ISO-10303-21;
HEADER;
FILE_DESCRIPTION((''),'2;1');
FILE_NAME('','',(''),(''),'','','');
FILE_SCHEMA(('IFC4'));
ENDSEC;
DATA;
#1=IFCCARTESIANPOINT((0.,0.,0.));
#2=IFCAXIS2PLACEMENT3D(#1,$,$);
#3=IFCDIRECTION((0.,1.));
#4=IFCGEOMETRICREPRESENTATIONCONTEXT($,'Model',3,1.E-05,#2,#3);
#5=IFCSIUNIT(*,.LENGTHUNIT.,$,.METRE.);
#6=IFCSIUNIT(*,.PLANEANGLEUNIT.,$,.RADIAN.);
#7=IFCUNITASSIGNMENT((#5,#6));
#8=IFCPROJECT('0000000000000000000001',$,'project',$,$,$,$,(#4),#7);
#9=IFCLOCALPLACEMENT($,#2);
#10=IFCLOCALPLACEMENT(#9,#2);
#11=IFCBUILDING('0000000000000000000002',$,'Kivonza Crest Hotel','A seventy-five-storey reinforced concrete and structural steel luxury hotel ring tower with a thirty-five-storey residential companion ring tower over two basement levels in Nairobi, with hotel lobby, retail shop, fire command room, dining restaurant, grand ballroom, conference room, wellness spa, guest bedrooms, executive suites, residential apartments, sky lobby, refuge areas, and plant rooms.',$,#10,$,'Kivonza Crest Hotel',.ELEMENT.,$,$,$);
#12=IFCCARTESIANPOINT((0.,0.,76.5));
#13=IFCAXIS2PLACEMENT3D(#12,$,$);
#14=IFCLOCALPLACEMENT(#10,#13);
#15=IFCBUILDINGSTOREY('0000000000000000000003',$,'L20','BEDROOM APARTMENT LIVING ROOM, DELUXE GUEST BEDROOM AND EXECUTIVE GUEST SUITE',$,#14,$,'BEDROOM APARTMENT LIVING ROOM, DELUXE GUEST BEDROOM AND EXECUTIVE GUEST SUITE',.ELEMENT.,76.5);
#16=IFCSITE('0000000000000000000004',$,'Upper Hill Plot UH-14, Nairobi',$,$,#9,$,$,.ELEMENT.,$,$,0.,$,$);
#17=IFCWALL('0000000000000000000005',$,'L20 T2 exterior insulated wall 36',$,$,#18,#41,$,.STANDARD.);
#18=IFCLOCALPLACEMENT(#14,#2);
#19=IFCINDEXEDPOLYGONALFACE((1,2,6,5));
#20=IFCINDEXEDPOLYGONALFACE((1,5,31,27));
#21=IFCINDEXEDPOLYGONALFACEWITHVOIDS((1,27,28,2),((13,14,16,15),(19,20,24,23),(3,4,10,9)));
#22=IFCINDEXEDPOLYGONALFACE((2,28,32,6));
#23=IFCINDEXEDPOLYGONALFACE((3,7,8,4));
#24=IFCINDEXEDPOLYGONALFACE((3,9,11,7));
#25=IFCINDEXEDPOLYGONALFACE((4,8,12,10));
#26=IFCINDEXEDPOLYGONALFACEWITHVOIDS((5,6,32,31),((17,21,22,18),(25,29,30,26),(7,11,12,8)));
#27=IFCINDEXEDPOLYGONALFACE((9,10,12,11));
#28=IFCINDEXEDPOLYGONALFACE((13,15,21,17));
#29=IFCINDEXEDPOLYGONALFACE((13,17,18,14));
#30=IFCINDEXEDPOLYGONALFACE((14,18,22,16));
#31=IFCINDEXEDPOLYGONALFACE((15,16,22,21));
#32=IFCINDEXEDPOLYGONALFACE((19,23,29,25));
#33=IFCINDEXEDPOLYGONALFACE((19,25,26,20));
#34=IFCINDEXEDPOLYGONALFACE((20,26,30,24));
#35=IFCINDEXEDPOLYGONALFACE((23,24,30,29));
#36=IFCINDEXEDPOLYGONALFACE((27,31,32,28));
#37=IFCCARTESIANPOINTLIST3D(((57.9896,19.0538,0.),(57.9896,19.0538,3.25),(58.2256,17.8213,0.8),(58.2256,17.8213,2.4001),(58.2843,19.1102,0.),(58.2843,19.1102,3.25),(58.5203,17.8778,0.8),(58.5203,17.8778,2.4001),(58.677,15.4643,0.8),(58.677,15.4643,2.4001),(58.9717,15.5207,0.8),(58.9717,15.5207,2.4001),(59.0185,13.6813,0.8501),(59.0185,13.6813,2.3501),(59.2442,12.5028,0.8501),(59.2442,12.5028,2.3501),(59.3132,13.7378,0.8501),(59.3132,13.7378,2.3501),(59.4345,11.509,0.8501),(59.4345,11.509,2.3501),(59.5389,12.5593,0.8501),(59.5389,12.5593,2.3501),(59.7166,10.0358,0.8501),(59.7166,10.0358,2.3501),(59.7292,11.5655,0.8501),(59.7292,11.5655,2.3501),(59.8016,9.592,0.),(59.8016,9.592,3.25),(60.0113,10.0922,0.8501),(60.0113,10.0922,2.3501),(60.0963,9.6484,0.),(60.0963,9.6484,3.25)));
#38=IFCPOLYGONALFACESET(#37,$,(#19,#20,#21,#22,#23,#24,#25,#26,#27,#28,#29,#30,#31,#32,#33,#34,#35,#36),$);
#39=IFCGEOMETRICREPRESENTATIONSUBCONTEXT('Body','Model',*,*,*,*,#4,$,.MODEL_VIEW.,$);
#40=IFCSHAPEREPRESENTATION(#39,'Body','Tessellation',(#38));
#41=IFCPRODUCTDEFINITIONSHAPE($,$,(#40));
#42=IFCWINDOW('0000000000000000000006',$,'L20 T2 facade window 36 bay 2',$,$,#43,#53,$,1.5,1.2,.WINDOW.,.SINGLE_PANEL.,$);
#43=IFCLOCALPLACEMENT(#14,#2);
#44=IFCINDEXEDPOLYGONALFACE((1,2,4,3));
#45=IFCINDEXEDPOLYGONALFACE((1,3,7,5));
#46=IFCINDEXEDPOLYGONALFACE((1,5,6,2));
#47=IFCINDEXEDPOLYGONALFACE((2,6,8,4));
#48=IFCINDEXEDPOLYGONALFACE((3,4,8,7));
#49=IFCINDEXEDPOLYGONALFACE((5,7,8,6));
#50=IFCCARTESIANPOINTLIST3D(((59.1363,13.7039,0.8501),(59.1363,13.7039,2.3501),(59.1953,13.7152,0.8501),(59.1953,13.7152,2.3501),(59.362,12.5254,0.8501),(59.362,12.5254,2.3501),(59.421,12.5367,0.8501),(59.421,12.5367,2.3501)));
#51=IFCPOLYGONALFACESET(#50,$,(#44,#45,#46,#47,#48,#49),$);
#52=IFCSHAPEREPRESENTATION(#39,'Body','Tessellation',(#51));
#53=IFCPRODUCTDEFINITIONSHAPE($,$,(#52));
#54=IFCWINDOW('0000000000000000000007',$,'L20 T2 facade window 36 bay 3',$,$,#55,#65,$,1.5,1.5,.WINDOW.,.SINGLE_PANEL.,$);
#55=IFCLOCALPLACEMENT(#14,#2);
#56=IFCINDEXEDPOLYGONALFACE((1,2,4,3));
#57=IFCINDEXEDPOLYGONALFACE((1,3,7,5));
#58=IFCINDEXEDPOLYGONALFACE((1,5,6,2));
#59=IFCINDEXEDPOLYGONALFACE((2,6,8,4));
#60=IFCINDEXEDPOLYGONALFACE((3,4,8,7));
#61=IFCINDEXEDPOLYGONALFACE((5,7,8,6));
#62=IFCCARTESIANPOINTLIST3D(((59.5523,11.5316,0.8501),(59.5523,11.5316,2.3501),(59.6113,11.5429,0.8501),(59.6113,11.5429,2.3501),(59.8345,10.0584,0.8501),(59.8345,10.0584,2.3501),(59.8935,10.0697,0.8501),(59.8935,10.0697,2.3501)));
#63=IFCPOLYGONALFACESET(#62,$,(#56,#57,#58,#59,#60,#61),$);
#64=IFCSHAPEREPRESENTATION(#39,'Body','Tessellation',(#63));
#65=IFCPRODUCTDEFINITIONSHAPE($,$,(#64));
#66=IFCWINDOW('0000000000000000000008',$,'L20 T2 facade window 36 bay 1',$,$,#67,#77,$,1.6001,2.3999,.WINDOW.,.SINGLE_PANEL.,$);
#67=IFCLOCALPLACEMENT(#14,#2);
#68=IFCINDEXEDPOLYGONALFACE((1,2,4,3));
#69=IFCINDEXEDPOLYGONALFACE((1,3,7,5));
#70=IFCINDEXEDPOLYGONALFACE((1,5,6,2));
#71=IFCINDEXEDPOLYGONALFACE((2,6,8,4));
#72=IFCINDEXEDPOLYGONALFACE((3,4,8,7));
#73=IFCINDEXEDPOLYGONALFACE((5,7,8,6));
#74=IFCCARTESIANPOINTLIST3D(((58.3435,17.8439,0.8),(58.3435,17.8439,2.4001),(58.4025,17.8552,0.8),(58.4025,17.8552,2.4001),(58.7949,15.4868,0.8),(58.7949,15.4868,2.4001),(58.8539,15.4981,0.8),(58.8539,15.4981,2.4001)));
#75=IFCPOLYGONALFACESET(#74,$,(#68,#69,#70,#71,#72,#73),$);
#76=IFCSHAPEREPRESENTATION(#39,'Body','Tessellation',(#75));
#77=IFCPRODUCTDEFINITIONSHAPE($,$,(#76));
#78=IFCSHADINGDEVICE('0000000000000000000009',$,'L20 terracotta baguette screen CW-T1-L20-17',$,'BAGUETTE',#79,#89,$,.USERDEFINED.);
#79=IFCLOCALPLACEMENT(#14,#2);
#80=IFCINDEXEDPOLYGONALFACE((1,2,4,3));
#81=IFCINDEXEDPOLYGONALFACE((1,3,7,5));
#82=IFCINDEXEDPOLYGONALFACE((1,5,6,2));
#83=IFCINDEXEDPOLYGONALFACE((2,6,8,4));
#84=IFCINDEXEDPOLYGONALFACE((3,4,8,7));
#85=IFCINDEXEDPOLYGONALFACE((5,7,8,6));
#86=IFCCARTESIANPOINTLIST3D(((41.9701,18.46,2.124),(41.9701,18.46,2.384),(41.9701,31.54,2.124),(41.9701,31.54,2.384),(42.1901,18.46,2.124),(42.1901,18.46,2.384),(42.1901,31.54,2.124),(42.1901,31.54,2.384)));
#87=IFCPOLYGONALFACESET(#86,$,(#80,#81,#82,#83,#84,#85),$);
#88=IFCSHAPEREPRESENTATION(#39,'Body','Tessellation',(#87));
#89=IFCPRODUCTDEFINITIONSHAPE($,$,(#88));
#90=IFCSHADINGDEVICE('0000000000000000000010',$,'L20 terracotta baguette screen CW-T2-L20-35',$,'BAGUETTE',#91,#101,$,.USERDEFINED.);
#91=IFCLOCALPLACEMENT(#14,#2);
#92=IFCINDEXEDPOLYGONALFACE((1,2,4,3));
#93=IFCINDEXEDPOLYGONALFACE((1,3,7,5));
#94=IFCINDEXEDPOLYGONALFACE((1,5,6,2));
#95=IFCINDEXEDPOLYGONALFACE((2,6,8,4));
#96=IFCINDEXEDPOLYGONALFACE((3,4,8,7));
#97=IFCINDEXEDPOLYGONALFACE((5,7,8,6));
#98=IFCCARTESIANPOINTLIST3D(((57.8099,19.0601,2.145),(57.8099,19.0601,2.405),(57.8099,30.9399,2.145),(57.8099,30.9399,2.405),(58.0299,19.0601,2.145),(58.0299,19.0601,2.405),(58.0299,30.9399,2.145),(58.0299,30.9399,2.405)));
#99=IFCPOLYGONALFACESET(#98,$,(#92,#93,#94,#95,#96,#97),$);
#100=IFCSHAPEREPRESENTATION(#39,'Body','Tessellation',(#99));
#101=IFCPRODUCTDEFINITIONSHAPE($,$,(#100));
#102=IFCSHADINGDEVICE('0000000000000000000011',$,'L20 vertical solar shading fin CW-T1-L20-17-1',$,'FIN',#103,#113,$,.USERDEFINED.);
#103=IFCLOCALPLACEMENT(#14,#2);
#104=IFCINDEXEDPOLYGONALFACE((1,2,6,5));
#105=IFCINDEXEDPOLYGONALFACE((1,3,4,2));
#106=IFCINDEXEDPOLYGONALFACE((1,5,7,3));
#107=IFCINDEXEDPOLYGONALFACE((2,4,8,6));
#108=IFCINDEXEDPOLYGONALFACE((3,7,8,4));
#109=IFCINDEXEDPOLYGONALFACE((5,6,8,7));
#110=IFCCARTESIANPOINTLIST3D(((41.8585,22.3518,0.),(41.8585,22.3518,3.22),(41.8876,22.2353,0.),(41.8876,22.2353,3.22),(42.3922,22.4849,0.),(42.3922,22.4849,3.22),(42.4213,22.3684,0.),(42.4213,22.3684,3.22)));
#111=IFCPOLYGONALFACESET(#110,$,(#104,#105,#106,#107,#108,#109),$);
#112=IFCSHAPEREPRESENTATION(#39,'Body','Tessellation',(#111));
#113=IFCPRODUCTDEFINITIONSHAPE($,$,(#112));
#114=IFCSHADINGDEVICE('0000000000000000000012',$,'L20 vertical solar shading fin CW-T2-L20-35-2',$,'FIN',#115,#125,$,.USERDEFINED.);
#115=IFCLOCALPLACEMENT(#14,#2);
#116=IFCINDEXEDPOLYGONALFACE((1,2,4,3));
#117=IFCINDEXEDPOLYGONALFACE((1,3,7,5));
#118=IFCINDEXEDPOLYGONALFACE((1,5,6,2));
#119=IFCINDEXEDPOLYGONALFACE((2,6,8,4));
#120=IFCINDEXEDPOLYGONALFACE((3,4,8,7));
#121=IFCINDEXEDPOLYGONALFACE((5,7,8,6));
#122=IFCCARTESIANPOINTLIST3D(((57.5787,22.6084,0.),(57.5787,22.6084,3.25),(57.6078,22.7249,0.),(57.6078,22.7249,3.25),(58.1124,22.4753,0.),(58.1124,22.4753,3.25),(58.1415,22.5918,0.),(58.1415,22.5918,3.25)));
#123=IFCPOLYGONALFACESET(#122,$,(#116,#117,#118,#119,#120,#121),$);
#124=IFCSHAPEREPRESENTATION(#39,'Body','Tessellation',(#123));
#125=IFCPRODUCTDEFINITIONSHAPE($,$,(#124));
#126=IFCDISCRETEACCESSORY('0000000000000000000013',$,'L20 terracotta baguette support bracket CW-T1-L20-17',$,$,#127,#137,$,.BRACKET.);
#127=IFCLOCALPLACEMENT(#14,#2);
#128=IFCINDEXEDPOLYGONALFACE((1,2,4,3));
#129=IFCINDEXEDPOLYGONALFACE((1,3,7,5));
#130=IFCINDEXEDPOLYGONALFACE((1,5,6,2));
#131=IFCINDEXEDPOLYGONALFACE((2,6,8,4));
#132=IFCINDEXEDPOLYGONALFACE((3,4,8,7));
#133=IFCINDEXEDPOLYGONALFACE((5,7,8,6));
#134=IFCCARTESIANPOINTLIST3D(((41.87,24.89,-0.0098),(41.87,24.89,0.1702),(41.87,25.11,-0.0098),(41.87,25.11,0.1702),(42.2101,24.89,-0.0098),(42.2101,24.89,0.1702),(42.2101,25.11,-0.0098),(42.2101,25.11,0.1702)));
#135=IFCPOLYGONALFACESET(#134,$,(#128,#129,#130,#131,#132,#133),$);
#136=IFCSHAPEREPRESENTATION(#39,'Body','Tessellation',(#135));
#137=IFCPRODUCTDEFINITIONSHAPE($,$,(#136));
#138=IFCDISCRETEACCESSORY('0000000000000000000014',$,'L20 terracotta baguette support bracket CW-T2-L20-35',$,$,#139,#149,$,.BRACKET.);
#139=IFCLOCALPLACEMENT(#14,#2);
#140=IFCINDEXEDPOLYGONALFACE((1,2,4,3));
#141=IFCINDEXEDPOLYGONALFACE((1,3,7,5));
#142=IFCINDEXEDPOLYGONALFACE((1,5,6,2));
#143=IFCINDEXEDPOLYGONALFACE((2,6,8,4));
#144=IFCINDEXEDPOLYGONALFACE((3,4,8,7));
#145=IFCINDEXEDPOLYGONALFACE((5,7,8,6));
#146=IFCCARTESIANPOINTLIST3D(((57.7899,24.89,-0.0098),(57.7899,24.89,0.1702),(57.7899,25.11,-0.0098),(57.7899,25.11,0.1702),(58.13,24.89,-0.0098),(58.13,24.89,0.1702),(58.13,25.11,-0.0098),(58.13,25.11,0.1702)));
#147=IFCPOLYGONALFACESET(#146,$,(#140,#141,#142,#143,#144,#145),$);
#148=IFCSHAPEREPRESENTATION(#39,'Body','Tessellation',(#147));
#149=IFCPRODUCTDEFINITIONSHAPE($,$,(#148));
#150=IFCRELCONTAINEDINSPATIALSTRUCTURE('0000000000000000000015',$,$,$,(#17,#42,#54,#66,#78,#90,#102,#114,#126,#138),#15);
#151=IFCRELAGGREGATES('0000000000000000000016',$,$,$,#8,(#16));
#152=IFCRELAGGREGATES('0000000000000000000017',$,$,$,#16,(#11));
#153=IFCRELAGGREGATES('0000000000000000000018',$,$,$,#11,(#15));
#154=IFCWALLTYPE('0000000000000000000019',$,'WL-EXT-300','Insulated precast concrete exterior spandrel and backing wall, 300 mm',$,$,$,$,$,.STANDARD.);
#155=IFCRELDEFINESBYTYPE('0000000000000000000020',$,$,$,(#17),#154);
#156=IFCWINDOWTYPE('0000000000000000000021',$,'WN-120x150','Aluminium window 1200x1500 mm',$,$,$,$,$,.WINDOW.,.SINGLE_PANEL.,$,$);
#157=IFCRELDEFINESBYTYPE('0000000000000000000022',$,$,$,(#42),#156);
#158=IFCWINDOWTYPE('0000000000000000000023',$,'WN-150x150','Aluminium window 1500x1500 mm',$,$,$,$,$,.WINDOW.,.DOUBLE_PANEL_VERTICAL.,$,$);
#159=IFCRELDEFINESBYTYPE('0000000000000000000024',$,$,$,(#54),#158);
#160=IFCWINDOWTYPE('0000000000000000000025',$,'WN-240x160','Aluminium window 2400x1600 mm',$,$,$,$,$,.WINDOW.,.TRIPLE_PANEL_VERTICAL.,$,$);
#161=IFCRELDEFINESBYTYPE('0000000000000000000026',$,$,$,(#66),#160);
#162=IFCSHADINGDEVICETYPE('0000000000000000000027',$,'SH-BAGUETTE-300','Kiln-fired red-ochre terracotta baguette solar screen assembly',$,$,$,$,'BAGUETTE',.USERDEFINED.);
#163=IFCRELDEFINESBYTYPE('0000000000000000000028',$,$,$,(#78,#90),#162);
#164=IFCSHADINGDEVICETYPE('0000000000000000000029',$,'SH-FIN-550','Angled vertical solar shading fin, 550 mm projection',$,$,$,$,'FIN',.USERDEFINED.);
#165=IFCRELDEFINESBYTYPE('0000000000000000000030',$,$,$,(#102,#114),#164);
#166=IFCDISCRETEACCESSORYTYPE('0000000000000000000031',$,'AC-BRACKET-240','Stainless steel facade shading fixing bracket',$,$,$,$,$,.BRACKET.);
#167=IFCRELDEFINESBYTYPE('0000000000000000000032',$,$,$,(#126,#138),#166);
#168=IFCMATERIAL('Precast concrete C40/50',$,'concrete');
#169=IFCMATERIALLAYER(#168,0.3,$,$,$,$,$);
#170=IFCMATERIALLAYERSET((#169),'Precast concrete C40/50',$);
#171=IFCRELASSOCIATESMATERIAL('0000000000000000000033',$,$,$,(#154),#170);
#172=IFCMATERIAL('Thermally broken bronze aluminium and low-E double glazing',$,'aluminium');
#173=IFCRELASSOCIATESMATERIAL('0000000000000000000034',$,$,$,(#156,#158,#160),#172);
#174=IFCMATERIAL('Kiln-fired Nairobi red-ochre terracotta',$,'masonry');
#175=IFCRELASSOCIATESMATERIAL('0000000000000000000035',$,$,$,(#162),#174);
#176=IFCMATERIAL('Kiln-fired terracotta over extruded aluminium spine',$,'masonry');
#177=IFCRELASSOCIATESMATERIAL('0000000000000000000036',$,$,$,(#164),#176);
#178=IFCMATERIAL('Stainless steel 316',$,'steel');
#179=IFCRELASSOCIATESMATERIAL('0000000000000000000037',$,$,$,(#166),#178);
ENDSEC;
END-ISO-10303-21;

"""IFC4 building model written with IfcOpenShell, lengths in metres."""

from ifc_helpers import new_model, si_unit, direction, frame, frame_2d, origin, origin_2d, place, context, subcontext, project, spatial, rectangle, extrude, material, layer, layer_set, type_object, element, fill, save


model = new_model("IFC4")

# Units and contexts
model_context = context("Model", 3, precision=1e-05, world=origin(), true_north=direction((0.0, 1.0)))
body_context = subcontext(model_context, "Body", "Model", "MODEL_VIEW")
ifc_project = project(units=[si_unit("LENGTHUNIT", "METRE"), si_unit("PLANEANGLEUNIT", "RADIAN")], contexts=[model_context])

# Site, building, storey
site_placement = place(None, origin())
site = spatial("IfcSite", under=ifc_project, at=site_placement, Name="Upper Hill Plot UH-14, Nairobi", CompositionType="ELEMENT", RefElevation=0.0)
building_placement = place(site_placement, origin())
building = spatial("IfcBuilding", under=site, at=building_placement, Name="Kivonza Crest Hotel", Description="A seventy-five-storey reinforced concrete and structural steel luxury hotel ring tower with a thirty-five-storey residential companion ring tower over two basement levels in Nairobi, with hotel lobby, retail shop, fire command room, dining restaurant, grand ballroom, conference room, wellness spa, guest bedrooms, executive suites, residential apartments, sky lobby, refuge areas, and plant rooms.", LongName="Kivonza Crest Hotel", CompositionType="ELEMENT")
storey_placement = place(building_placement, frame((0.0, 0.0, 76.5)))
storey = spatial("IfcBuildingStorey", under=building, at=storey_placement, Name="L20", Description="BEDROOM APARTMENT LIVING ROOM, DELUXE GUEST BEDROOM AND EXECUTIVE GUEST SUITE", LongName="BEDROOM APARTMENT LIVING ROOM, DELUXE GUEST BEDROOM AND EXECUTIVE GUEST SUITE", CompositionType="ELEMENT", Elevation=76.5)

# Wall, openings, windows
ifc_material_1 = material(Name="Precast concrete C40/50", Category="concrete")
ifc_layer_1 = layer(ifc_material_1, 0.3)
ifc_layer_set_1 = layer_set([ifc_layer_1], Name="Precast concrete C40/50")
wall_type_1 = type_object("IfcWallType", Name="WL-EXT-300", Description="Insulated precast concrete exterior spandrel and backing wall, 300 mm", PredefinedType="STANDARD", material=ifc_layer_set_1)
wall_1_placement = place(storey_placement, frame((58.137, 19.082, 0.0), z_axis=(0.0, 0.0, 1.0), x_axis=(0.188088, -0.982152, 0.0)))
wall_1 = element("IfcWall", 1, at=wall_1_placement, inside=storey, type_object=wall_type_1, Name="L20 T2 exterior insulated wall 36", PredefinedType="STANDARD", context=body_context, shape_type="SweptSolid", body=[
    extrude(rectangle(XDim=9.6338, YDim=0.3, at=frame_2d((4.8169, 0.0))), origin(), (0.0, 0.0, 1.0), 3.25),
])
opening_1_placement = place(wall_1_placement, frame((1.2549, 0.0, 0.8)))
opening_1 = element("IfcOpeningElement", 2, at=opening_1_placement, cuts=wall_1, PredefinedType="OPENING", context=body_context, shape_type="SweptSolid", body=[
    extrude(rectangle(XDim=2.3999, YDim=1.6001, at=frame_2d((1.2, 0.8))), frame((0.0, 0.1602, 0.0), z_axis=(0.0, -1.0, 0.0), x_axis=(1.0, 0.0, 0.0)), (0.0, 0.0, 1.0), 0.3201),
])
opening_2_placement = place(wall_1_placement, frame((5.47, 0.0, 0.8501)))
opening_2 = element("IfcOpeningElement", 3, at=opening_2_placement, cuts=wall_1, PredefinedType="OPENING", context=body_context, shape_type="SweptSolid", body=[
    extrude(rectangle(XDim=1.2, YDim=1.5, at=frame_2d((0.6001, 0.75))), frame((0.0, 0.1602, 0.0), z_axis=(0.0, -1.0, 0.0), x_axis=(1.0, 0.0, 0.0)), (0.0, 0.0, 1.0), 0.3201),
])
opening_3_placement = place(wall_1_placement, frame((7.6819, 0.0, 0.8501)))
opening_3 = element("IfcOpeningElement", 4, at=opening_3_placement, cuts=wall_1, PredefinedType="OPENING", context=body_context, shape_type="SweptSolid", body=[
    extrude(rectangle(XDim=1.5, YDim=1.5, at=frame_2d((0.75, 0.75))), frame((0.0, 0.1602, 0.0), z_axis=(0.0, -1.0, 0.0), x_axis=(1.0, 0.0, 0.0)), (0.0, 0.0, 1.0), 0.3201),
])
ifc_material_2 = material(Name="Thermally broken bronze aluminium and low-E double glazing", Category="aluminium")
window_type_1 = type_object("IfcWindowType", Name="WN-120x150", Description="Aluminium window 1200x1500 mm", PartitioningType="SINGLE_PANEL", PredefinedType="WINDOW", material=ifc_material_2)
window_1_placement = place(opening_2_placement, origin())
window_1 = element("IfcWindow", 5, at=window_1_placement, inside=storey, type_object=window_type_1, Name="L20 T2 facade window 36 bay 2", OverallHeight=1.5, OverallWidth=1.2, PartitioningType="SINGLE_PANEL", PredefinedType="WINDOW", context=body_context, shape_type="SweptSolid", body=[
    extrude(rectangle(XDim=1.2, YDim=1.5, at=frame_2d((0.6001, 0.75))), frame((0.0, 0.03, 0.0), z_axis=(0.0, -1.0, 0.0), x_axis=(1.0, 0.0, 0.0)), (0.0, 0.0, 1.0), 0.0601),
])
fill(opening_2, window_1)
window_type_2 = type_object("IfcWindowType", Name="WN-150x150", Description="Aluminium window 1500x1500 mm", PartitioningType="DOUBLE_PANEL_VERTICAL", PredefinedType="WINDOW", material=ifc_material_2)
window_2_placement = place(opening_3_placement, origin())
window_2 = element("IfcWindow", 6, at=window_2_placement, inside=storey, type_object=window_type_2, Name="L20 T2 facade window 36 bay 3", OverallHeight=1.5, OverallWidth=1.5, PartitioningType="SINGLE_PANEL", PredefinedType="WINDOW", context=body_context, shape_type="SweptSolid", body=[
    extrude(rectangle(XDim=1.5, YDim=1.5, at=frame_2d((0.75, 0.75))), frame((0.0, 0.03, 0.0), z_axis=(0.0, -1.0, 0.0), x_axis=(1.0, 0.0, 0.0)), (0.0, 0.0, 1.0), 0.0601),
])
fill(opening_3, window_2)
window_type_3 = type_object("IfcWindowType", Name="WN-240x160", Description="Aluminium window 2400x1600 mm", PartitioningType="TRIPLE_PANEL_VERTICAL", PredefinedType="WINDOW", material=ifc_material_2)
window_3_placement = place(opening_1_placement, origin())
window_3 = element("IfcWindow", 7, at=window_3_placement, inside=storey, type_object=window_type_3, Name="L20 T2 facade window 36 bay 1", OverallHeight=1.6001, OverallWidth=2.3999, PartitioningType="SINGLE_PANEL", PredefinedType="WINDOW", context=body_context, shape_type="SweptSolid", body=[
    extrude(rectangle(XDim=2.3999, YDim=1.6001, at=frame_2d((1.2, 0.8))), frame((0.0, 0.03, 0.0), z_axis=(0.0, -1.0, 0.0), x_axis=(1.0, 0.0, 0.0)), (0.0, 0.0, 1.0), 0.0601),
])
fill(opening_1, window_3)

# Shading devices
ifc_material_3 = material(Name="Kiln-fired Nairobi red-ochre terracotta", Category="masonry")
shading_device_type_1 = type_object("IfcShadingDeviceType", Name="SH-BAGUETTE-300", Description="Kiln-fired red-ochre terracotta baguette solar screen assembly", ElementType="BAGUETTE", PredefinedType="USERDEFINED", material=ifc_material_3)
shading_device_1_placement = place(storey_placement, frame((42.0801, 25.0, 2.124), z_axis=(0.0, 0.0, 1.0), x_axis=(0.0, 1.0, 0.0)))
element("IfcShadingDevice", 8, at=shading_device_1_placement, inside=storey, type_object=shading_device_type_1, Name="L20 terracotta baguette screen CW-T1-L20-17", ObjectType="BAGUETTE", PredefinedType="USERDEFINED", context=body_context, shape_type="SweptSolid", body=[
    extrude(rectangle(XDim=13.0801, YDim=0.22, at=origin_2d()), origin(), (0.0, 0.0, 1.0), 0.26),
])
shading_device_2_placement = place(storey_placement, frame((57.9199, 25.0, 2.145), z_axis=(0.0, 0.0, 1.0), x_axis=(0.0, -1.0, 0.0)))
element("IfcShadingDevice", 9, at=shading_device_2_placement, inside=storey, type_object=shading_device_type_1, Name="L20 terracotta baguette screen CW-T2-L20-35", ObjectType="BAGUETTE", PredefinedType="USERDEFINED", context=body_context, shape_type="SweptSolid", body=[
    extrude(rectangle(XDim=11.8799, YDim=0.22, at=origin_2d()), origin(), (0.0, 0.0, 1.0), 0.26),
])
ifc_material_4 = material(Name="Kiln-fired terracotta over extruded aluminium spine", Category="masonry")
shading_device_type_2 = type_object("IfcShadingDeviceType", Name="SH-FIN-550", Description="Angled vertical solar shading fin, 550 mm projection", ElementType="FIN", PredefinedType="USERDEFINED", material=ifc_material_4)
shading_device_3_placement = place(storey_placement, frame((42.1399, 22.3601, 0.0), z_axis=(0.0, 0.0, 1.0), x_axis=(-0.241922, 0.970296, 0.0)))
element("IfcShadingDevice", 10, at=shading_device_3_placement, inside=storey, type_object=shading_device_type_2, Name="L20 vertical solar shading fin CW-T1-L20-17-1", ObjectType="FIN", PredefinedType="USERDEFINED", context=body_context, shape_type="SweptSolid", body=[
    extrude(rectangle(XDim=0.1201, YDim=0.55, at=origin_2d()), origin(), (0.0, 0.0, 1.0), 3.22),
])
shading_device_4_placement = place(storey_placement, frame((57.8601, 22.6001, 0.0), z_axis=(0.0, 0.0, 1.0), x_axis=(-0.241922, -0.970296, 0.0)))
element("IfcShadingDevice", 11, at=shading_device_4_placement, inside=storey, type_object=shading_device_type_2, Name="L20 vertical solar shading fin CW-T2-L20-35-2", ObjectType="FIN", PredefinedType="USERDEFINED", context=body_context, shape_type="SweptSolid", body=[
    extrude(rectangle(XDim=0.1201, YDim=0.55, at=origin_2d()), origin(), (0.0, 0.0, 1.0), 3.25),
])

# Discrete accessories
ifc_material_5 = material(Name="Stainless steel 316", Category="steel")
discrete_accessory_type = type_object("IfcDiscreteAccessoryType", Name="AC-BRACKET-240", Description="Stainless steel facade shading fixing bracket", PredefinedType="BRACKET", material=ifc_material_5)
for number, where, z_axis, x_axis, name in (
    (12, (42.04, 25.0, -0.0098), (0.0, 0.0, 1.0), (0.0, 1.0, 0.0), "L20 terracotta baguette support bracket CW-T1-L20-17"),
    (13, (57.96, 25.0, -0.0098), (0.0, 0.0, 1.0), (0.0, -1.0, 0.0), "L20 terracotta baguette support bracket CW-T2-L20-35"),
):
    element("IfcDiscreteAccessory", number, at=place(storey_placement, frame(where, z_axis=z_axis, x_axis=x_axis)), inside=storey, type_object=discrete_accessory_type, Name=name, PredefinedType="BRACKET", context=body_context, shape_type="SweptSolid", body=[
        extrude(rectangle(XDim=0.22, YDim=0.3401, at=origin_2d()), origin(), (0.0, 0.0, 1.0), 0.1799),
    ])

save(model, "model.ifc")
